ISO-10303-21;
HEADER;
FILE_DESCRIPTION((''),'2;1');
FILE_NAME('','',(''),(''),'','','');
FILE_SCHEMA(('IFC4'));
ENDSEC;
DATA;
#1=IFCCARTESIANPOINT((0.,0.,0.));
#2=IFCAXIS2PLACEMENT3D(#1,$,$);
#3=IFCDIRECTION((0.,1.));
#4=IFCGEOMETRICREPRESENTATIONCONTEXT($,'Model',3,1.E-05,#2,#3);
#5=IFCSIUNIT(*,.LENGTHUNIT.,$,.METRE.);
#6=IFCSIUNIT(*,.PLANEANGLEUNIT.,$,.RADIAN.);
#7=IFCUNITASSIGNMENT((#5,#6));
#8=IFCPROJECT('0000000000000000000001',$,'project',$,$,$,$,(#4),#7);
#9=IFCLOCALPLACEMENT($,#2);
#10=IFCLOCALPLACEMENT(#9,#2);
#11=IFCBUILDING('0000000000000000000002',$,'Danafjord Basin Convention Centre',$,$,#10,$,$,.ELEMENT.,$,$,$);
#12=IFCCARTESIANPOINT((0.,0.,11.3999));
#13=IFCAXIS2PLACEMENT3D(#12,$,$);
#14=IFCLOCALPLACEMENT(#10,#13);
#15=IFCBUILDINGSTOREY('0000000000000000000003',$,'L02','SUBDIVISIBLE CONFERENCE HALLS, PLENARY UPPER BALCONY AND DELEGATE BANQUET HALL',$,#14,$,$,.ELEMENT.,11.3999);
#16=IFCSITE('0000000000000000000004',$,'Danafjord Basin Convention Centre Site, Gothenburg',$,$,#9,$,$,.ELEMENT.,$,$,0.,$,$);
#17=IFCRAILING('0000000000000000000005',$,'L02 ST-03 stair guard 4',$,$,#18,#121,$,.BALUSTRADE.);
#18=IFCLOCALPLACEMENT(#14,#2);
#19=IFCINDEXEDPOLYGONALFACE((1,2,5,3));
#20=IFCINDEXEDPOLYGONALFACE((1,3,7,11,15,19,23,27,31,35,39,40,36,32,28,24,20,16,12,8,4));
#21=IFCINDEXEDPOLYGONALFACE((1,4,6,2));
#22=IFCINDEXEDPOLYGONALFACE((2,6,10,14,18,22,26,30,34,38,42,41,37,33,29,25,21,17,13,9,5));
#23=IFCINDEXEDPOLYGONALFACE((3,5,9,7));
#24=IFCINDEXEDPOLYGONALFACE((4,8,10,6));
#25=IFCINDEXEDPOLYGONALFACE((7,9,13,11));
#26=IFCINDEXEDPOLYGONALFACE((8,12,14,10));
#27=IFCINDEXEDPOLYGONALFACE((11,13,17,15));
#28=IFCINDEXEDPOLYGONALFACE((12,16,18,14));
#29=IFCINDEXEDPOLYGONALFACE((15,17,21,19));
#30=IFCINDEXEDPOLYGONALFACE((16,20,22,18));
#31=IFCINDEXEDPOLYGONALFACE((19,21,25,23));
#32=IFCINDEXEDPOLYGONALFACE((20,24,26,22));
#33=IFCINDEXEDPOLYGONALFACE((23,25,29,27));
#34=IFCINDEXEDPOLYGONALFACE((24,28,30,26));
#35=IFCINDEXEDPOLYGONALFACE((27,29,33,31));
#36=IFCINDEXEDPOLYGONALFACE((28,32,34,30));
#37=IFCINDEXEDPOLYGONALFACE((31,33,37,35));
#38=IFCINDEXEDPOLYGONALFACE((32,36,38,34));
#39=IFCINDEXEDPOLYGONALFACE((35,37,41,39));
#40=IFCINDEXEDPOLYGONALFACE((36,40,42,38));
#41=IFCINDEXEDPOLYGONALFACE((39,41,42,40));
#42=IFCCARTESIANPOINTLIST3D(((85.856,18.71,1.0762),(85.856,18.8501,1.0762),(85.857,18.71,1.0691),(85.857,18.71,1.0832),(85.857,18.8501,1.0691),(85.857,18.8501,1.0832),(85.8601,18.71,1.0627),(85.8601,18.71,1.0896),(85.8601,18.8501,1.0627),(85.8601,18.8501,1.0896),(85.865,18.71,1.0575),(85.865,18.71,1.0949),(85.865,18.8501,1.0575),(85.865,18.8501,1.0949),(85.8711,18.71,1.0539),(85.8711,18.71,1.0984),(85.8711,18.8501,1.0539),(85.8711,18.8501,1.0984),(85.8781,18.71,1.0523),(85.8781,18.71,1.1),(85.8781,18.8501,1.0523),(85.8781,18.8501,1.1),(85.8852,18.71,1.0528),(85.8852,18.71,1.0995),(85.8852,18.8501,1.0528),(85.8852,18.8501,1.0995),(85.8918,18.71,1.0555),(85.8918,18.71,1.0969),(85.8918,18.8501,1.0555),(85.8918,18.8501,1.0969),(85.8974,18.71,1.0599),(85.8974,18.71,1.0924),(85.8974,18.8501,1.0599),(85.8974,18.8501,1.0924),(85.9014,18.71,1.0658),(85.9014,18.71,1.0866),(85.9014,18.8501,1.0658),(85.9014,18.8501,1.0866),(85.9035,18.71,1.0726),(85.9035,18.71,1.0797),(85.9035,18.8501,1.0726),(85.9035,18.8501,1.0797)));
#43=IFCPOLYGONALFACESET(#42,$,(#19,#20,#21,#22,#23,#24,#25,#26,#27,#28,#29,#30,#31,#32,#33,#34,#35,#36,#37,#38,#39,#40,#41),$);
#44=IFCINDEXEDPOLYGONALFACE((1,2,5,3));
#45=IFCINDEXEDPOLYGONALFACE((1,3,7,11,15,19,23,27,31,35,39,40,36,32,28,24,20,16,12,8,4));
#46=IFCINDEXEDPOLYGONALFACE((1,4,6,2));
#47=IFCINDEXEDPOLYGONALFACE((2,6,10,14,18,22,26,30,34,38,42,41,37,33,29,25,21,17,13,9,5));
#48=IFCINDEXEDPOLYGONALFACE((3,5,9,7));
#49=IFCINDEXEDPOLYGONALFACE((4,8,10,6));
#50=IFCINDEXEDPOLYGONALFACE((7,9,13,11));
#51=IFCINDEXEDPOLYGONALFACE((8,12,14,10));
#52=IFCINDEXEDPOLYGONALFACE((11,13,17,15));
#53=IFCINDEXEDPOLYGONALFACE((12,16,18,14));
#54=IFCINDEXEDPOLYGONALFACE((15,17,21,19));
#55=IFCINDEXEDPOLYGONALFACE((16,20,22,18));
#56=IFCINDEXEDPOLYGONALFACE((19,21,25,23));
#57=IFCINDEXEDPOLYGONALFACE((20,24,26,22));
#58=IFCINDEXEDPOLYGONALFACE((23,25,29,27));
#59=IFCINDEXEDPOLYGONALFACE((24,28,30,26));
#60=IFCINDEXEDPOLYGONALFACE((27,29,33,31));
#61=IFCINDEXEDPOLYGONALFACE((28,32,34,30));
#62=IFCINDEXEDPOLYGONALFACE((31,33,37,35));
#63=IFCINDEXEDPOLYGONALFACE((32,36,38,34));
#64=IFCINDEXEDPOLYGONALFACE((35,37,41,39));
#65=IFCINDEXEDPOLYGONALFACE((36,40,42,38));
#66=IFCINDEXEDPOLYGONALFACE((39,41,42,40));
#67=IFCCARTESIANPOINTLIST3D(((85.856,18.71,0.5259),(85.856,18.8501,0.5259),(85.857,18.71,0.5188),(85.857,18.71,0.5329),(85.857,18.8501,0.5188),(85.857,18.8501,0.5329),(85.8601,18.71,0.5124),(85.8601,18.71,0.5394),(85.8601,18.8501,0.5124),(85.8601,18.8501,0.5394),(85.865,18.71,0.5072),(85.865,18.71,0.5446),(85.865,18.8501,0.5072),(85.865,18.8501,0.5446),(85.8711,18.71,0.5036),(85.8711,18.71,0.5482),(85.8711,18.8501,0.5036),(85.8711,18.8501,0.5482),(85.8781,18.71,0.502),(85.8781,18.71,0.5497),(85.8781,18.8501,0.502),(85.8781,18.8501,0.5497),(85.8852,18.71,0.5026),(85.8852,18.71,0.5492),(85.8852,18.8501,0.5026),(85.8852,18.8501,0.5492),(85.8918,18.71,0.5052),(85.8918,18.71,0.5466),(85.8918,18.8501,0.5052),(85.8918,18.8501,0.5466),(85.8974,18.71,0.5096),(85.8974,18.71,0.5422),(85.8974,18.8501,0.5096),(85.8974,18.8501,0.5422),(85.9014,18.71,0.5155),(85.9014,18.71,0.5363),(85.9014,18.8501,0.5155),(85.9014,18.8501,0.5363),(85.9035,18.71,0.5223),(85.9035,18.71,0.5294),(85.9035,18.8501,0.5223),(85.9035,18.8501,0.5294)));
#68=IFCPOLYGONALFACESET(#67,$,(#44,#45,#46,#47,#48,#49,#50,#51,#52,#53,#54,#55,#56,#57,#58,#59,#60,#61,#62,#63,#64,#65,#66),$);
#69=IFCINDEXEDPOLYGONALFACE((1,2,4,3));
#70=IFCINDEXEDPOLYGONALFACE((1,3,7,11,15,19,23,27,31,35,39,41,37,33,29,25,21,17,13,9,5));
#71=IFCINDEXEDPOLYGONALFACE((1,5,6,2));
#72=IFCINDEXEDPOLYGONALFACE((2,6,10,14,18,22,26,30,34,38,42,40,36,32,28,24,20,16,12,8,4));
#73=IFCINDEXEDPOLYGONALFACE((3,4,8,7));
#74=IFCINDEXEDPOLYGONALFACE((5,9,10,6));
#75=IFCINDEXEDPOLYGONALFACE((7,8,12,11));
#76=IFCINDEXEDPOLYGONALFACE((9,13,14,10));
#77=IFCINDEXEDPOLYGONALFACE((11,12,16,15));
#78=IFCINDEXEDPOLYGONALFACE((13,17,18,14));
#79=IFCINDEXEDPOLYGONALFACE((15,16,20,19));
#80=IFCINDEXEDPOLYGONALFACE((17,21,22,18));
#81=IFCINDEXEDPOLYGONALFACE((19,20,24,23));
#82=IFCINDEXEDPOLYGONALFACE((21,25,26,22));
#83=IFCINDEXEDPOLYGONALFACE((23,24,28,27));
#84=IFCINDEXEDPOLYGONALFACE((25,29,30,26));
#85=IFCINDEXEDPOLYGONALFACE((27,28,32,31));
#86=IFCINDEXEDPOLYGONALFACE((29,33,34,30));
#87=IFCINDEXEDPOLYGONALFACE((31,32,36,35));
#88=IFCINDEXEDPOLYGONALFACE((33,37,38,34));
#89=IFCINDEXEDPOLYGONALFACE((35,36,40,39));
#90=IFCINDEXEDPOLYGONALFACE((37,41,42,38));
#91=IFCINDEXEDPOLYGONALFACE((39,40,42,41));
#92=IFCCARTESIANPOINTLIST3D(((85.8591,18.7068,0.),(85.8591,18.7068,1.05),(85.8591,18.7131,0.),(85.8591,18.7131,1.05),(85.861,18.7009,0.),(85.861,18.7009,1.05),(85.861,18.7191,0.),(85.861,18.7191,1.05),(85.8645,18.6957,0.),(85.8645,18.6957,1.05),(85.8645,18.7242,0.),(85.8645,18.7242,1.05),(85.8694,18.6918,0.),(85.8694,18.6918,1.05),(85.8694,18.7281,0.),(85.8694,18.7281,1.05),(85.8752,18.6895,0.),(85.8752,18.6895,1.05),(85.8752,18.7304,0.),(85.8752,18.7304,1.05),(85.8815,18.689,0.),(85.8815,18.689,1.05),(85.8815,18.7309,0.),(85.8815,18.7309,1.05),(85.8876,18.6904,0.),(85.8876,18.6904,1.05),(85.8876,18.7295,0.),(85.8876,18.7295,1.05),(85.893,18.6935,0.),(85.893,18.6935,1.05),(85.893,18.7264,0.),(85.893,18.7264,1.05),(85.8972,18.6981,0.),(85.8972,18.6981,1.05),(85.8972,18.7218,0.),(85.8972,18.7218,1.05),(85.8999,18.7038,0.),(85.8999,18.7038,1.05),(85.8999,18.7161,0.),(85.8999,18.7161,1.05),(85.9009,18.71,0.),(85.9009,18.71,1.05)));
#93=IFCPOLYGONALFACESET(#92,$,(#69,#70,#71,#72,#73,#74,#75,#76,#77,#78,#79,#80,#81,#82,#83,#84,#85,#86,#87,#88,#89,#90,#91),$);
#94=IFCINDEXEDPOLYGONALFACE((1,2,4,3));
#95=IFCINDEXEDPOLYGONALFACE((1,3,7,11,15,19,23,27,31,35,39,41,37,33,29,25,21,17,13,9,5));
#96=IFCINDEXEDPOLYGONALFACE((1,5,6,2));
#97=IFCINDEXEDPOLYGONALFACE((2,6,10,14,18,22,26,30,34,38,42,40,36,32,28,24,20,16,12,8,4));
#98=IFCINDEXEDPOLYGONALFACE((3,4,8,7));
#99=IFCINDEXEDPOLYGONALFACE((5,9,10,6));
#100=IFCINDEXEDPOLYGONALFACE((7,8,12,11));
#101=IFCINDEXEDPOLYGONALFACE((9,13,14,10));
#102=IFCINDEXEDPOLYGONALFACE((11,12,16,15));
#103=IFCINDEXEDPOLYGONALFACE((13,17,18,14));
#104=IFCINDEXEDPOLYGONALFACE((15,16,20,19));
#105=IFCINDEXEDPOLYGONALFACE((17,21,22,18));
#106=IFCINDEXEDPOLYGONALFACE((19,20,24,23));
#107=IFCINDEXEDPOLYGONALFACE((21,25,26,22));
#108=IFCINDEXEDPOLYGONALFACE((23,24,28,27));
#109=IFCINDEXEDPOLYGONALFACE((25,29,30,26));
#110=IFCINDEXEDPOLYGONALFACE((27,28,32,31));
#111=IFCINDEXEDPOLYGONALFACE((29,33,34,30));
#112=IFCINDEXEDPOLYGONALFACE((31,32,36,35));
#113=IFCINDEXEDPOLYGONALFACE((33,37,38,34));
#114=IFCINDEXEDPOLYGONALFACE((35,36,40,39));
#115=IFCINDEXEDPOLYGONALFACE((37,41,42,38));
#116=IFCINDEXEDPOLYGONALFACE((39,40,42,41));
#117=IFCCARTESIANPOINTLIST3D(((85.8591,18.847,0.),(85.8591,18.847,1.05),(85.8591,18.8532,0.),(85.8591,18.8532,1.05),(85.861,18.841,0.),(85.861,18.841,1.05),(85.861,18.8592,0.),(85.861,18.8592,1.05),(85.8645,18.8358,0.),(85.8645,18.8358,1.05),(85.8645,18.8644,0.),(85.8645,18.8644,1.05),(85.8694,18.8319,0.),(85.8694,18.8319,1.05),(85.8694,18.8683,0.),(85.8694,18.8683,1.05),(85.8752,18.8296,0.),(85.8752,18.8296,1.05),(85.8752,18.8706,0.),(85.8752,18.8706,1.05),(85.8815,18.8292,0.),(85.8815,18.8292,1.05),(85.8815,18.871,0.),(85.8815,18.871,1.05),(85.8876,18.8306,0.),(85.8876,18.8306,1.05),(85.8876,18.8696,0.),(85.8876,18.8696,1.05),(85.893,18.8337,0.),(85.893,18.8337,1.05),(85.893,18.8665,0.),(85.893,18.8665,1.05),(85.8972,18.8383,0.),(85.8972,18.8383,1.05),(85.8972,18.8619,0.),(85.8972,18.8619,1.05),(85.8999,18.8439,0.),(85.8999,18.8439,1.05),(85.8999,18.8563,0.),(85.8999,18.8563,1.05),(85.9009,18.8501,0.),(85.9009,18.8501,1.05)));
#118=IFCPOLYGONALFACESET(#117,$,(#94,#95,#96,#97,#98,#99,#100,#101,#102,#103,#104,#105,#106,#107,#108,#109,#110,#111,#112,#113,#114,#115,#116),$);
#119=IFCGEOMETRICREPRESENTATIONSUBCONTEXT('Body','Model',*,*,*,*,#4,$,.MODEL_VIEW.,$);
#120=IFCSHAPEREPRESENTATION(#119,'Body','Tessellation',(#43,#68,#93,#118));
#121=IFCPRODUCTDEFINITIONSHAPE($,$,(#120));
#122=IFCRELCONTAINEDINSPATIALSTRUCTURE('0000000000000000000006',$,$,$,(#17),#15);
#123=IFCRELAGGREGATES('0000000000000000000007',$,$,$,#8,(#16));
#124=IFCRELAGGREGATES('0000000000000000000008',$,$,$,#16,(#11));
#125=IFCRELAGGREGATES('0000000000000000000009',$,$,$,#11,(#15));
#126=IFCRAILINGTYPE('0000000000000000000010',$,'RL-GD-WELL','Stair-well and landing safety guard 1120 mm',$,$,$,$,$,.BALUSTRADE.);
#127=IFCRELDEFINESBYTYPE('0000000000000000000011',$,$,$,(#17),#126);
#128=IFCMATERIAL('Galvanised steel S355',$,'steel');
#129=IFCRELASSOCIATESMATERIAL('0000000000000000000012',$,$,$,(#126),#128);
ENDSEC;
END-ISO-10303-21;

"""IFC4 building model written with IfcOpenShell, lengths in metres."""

from ifc_helpers import new_model, si_unit, direction, frame, origin, origin_2d, place, context, subcontext, project, spatial, circle, extrude, material, type_object, element, save


model = new_model("IFC4")

# Units and contexts
model_context = context("Model", 3, precision=1e-05, world=origin(), true_north=direction((0.0, 1.0)))
body_context = subcontext(model_context, "Body", "Model", "MODEL_VIEW")
ifc_project = project(units=[si_unit("LENGTHUNIT", "METRE"), si_unit("PLANEANGLEUNIT", "RADIAN")], contexts=[model_context])

# Site, building, storey
site_placement = place(None, origin())
site = spatial("IfcSite", under=ifc_project, at=site_placement, Name="Danafjord Basin Convention Centre Site, Gothenburg", CompositionType="ELEMENT", RefElevation=0.0)
building_placement = place(site_placement, origin())
building = spatial("IfcBuilding", under=site, at=building_placement, Name="Danafjord Basin Convention Centre", CompositionType="ELEMENT")
storey_placement = place(building_placement, frame((0.0, 0.0, 11.3999)))
storey = spatial("IfcBuildingStorey", under=building, at=storey_placement, Name="L02", Description="SUBDIVISIBLE CONFERENCE HALLS, PLENARY UPPER BALCONY AND DELEGATE BANQUET HALL", CompositionType="ELEMENT", Elevation=11.3999)

# Railing
ifc_material_1 = material(Name="Galvanised steel S355", Category="steel")
railing_type_1 = type_object("IfcRailingType", Name="RL-GD-WELL", Description="Stair-well and landing safety guard 1120 mm", PredefinedType="BALUSTRADE", material=ifc_material_1)
railing_1_placement = place(storey_placement, frame((85.8799, 18.71, 0.0)))
element("IfcRailing", 1, at=railing_1_placement, inside=storey, type_object=railing_type_1, Name="L02 ST-03 stair guard 4", PredefinedType="BALUSTRADE", context=body_context, shape_type="SweptSolid", body=[
    extrude(circle(Radius=0.0239, at=origin_2d()), frame((0.0, 0.0, 1.0762), z_axis=(0.0, 1.0, 0.0), x_axis=(-1.0, 0.0, 0.0)), (0.0, 0.0, 1.0), 0.1401),
    extrude(circle(Radius=0.0239, at=origin_2d()), frame((0.0, 0.0, 0.5259), z_axis=(0.0, 1.0, 0.0), x_axis=(-1.0, 0.0, 0.0)), (0.0, 0.0, 1.0), 0.1401),
    extrude(circle(Radius=0.021, at=origin_2d()), origin(), (0.0, 0.0, 1.0), 1.05),
    extrude(circle(Radius=0.021, at=origin_2d()), frame((0.0, 0.1401, 0.0)), (0.0, 0.0, 1.0), 1.05),
])

save(model, "model.ifc")
